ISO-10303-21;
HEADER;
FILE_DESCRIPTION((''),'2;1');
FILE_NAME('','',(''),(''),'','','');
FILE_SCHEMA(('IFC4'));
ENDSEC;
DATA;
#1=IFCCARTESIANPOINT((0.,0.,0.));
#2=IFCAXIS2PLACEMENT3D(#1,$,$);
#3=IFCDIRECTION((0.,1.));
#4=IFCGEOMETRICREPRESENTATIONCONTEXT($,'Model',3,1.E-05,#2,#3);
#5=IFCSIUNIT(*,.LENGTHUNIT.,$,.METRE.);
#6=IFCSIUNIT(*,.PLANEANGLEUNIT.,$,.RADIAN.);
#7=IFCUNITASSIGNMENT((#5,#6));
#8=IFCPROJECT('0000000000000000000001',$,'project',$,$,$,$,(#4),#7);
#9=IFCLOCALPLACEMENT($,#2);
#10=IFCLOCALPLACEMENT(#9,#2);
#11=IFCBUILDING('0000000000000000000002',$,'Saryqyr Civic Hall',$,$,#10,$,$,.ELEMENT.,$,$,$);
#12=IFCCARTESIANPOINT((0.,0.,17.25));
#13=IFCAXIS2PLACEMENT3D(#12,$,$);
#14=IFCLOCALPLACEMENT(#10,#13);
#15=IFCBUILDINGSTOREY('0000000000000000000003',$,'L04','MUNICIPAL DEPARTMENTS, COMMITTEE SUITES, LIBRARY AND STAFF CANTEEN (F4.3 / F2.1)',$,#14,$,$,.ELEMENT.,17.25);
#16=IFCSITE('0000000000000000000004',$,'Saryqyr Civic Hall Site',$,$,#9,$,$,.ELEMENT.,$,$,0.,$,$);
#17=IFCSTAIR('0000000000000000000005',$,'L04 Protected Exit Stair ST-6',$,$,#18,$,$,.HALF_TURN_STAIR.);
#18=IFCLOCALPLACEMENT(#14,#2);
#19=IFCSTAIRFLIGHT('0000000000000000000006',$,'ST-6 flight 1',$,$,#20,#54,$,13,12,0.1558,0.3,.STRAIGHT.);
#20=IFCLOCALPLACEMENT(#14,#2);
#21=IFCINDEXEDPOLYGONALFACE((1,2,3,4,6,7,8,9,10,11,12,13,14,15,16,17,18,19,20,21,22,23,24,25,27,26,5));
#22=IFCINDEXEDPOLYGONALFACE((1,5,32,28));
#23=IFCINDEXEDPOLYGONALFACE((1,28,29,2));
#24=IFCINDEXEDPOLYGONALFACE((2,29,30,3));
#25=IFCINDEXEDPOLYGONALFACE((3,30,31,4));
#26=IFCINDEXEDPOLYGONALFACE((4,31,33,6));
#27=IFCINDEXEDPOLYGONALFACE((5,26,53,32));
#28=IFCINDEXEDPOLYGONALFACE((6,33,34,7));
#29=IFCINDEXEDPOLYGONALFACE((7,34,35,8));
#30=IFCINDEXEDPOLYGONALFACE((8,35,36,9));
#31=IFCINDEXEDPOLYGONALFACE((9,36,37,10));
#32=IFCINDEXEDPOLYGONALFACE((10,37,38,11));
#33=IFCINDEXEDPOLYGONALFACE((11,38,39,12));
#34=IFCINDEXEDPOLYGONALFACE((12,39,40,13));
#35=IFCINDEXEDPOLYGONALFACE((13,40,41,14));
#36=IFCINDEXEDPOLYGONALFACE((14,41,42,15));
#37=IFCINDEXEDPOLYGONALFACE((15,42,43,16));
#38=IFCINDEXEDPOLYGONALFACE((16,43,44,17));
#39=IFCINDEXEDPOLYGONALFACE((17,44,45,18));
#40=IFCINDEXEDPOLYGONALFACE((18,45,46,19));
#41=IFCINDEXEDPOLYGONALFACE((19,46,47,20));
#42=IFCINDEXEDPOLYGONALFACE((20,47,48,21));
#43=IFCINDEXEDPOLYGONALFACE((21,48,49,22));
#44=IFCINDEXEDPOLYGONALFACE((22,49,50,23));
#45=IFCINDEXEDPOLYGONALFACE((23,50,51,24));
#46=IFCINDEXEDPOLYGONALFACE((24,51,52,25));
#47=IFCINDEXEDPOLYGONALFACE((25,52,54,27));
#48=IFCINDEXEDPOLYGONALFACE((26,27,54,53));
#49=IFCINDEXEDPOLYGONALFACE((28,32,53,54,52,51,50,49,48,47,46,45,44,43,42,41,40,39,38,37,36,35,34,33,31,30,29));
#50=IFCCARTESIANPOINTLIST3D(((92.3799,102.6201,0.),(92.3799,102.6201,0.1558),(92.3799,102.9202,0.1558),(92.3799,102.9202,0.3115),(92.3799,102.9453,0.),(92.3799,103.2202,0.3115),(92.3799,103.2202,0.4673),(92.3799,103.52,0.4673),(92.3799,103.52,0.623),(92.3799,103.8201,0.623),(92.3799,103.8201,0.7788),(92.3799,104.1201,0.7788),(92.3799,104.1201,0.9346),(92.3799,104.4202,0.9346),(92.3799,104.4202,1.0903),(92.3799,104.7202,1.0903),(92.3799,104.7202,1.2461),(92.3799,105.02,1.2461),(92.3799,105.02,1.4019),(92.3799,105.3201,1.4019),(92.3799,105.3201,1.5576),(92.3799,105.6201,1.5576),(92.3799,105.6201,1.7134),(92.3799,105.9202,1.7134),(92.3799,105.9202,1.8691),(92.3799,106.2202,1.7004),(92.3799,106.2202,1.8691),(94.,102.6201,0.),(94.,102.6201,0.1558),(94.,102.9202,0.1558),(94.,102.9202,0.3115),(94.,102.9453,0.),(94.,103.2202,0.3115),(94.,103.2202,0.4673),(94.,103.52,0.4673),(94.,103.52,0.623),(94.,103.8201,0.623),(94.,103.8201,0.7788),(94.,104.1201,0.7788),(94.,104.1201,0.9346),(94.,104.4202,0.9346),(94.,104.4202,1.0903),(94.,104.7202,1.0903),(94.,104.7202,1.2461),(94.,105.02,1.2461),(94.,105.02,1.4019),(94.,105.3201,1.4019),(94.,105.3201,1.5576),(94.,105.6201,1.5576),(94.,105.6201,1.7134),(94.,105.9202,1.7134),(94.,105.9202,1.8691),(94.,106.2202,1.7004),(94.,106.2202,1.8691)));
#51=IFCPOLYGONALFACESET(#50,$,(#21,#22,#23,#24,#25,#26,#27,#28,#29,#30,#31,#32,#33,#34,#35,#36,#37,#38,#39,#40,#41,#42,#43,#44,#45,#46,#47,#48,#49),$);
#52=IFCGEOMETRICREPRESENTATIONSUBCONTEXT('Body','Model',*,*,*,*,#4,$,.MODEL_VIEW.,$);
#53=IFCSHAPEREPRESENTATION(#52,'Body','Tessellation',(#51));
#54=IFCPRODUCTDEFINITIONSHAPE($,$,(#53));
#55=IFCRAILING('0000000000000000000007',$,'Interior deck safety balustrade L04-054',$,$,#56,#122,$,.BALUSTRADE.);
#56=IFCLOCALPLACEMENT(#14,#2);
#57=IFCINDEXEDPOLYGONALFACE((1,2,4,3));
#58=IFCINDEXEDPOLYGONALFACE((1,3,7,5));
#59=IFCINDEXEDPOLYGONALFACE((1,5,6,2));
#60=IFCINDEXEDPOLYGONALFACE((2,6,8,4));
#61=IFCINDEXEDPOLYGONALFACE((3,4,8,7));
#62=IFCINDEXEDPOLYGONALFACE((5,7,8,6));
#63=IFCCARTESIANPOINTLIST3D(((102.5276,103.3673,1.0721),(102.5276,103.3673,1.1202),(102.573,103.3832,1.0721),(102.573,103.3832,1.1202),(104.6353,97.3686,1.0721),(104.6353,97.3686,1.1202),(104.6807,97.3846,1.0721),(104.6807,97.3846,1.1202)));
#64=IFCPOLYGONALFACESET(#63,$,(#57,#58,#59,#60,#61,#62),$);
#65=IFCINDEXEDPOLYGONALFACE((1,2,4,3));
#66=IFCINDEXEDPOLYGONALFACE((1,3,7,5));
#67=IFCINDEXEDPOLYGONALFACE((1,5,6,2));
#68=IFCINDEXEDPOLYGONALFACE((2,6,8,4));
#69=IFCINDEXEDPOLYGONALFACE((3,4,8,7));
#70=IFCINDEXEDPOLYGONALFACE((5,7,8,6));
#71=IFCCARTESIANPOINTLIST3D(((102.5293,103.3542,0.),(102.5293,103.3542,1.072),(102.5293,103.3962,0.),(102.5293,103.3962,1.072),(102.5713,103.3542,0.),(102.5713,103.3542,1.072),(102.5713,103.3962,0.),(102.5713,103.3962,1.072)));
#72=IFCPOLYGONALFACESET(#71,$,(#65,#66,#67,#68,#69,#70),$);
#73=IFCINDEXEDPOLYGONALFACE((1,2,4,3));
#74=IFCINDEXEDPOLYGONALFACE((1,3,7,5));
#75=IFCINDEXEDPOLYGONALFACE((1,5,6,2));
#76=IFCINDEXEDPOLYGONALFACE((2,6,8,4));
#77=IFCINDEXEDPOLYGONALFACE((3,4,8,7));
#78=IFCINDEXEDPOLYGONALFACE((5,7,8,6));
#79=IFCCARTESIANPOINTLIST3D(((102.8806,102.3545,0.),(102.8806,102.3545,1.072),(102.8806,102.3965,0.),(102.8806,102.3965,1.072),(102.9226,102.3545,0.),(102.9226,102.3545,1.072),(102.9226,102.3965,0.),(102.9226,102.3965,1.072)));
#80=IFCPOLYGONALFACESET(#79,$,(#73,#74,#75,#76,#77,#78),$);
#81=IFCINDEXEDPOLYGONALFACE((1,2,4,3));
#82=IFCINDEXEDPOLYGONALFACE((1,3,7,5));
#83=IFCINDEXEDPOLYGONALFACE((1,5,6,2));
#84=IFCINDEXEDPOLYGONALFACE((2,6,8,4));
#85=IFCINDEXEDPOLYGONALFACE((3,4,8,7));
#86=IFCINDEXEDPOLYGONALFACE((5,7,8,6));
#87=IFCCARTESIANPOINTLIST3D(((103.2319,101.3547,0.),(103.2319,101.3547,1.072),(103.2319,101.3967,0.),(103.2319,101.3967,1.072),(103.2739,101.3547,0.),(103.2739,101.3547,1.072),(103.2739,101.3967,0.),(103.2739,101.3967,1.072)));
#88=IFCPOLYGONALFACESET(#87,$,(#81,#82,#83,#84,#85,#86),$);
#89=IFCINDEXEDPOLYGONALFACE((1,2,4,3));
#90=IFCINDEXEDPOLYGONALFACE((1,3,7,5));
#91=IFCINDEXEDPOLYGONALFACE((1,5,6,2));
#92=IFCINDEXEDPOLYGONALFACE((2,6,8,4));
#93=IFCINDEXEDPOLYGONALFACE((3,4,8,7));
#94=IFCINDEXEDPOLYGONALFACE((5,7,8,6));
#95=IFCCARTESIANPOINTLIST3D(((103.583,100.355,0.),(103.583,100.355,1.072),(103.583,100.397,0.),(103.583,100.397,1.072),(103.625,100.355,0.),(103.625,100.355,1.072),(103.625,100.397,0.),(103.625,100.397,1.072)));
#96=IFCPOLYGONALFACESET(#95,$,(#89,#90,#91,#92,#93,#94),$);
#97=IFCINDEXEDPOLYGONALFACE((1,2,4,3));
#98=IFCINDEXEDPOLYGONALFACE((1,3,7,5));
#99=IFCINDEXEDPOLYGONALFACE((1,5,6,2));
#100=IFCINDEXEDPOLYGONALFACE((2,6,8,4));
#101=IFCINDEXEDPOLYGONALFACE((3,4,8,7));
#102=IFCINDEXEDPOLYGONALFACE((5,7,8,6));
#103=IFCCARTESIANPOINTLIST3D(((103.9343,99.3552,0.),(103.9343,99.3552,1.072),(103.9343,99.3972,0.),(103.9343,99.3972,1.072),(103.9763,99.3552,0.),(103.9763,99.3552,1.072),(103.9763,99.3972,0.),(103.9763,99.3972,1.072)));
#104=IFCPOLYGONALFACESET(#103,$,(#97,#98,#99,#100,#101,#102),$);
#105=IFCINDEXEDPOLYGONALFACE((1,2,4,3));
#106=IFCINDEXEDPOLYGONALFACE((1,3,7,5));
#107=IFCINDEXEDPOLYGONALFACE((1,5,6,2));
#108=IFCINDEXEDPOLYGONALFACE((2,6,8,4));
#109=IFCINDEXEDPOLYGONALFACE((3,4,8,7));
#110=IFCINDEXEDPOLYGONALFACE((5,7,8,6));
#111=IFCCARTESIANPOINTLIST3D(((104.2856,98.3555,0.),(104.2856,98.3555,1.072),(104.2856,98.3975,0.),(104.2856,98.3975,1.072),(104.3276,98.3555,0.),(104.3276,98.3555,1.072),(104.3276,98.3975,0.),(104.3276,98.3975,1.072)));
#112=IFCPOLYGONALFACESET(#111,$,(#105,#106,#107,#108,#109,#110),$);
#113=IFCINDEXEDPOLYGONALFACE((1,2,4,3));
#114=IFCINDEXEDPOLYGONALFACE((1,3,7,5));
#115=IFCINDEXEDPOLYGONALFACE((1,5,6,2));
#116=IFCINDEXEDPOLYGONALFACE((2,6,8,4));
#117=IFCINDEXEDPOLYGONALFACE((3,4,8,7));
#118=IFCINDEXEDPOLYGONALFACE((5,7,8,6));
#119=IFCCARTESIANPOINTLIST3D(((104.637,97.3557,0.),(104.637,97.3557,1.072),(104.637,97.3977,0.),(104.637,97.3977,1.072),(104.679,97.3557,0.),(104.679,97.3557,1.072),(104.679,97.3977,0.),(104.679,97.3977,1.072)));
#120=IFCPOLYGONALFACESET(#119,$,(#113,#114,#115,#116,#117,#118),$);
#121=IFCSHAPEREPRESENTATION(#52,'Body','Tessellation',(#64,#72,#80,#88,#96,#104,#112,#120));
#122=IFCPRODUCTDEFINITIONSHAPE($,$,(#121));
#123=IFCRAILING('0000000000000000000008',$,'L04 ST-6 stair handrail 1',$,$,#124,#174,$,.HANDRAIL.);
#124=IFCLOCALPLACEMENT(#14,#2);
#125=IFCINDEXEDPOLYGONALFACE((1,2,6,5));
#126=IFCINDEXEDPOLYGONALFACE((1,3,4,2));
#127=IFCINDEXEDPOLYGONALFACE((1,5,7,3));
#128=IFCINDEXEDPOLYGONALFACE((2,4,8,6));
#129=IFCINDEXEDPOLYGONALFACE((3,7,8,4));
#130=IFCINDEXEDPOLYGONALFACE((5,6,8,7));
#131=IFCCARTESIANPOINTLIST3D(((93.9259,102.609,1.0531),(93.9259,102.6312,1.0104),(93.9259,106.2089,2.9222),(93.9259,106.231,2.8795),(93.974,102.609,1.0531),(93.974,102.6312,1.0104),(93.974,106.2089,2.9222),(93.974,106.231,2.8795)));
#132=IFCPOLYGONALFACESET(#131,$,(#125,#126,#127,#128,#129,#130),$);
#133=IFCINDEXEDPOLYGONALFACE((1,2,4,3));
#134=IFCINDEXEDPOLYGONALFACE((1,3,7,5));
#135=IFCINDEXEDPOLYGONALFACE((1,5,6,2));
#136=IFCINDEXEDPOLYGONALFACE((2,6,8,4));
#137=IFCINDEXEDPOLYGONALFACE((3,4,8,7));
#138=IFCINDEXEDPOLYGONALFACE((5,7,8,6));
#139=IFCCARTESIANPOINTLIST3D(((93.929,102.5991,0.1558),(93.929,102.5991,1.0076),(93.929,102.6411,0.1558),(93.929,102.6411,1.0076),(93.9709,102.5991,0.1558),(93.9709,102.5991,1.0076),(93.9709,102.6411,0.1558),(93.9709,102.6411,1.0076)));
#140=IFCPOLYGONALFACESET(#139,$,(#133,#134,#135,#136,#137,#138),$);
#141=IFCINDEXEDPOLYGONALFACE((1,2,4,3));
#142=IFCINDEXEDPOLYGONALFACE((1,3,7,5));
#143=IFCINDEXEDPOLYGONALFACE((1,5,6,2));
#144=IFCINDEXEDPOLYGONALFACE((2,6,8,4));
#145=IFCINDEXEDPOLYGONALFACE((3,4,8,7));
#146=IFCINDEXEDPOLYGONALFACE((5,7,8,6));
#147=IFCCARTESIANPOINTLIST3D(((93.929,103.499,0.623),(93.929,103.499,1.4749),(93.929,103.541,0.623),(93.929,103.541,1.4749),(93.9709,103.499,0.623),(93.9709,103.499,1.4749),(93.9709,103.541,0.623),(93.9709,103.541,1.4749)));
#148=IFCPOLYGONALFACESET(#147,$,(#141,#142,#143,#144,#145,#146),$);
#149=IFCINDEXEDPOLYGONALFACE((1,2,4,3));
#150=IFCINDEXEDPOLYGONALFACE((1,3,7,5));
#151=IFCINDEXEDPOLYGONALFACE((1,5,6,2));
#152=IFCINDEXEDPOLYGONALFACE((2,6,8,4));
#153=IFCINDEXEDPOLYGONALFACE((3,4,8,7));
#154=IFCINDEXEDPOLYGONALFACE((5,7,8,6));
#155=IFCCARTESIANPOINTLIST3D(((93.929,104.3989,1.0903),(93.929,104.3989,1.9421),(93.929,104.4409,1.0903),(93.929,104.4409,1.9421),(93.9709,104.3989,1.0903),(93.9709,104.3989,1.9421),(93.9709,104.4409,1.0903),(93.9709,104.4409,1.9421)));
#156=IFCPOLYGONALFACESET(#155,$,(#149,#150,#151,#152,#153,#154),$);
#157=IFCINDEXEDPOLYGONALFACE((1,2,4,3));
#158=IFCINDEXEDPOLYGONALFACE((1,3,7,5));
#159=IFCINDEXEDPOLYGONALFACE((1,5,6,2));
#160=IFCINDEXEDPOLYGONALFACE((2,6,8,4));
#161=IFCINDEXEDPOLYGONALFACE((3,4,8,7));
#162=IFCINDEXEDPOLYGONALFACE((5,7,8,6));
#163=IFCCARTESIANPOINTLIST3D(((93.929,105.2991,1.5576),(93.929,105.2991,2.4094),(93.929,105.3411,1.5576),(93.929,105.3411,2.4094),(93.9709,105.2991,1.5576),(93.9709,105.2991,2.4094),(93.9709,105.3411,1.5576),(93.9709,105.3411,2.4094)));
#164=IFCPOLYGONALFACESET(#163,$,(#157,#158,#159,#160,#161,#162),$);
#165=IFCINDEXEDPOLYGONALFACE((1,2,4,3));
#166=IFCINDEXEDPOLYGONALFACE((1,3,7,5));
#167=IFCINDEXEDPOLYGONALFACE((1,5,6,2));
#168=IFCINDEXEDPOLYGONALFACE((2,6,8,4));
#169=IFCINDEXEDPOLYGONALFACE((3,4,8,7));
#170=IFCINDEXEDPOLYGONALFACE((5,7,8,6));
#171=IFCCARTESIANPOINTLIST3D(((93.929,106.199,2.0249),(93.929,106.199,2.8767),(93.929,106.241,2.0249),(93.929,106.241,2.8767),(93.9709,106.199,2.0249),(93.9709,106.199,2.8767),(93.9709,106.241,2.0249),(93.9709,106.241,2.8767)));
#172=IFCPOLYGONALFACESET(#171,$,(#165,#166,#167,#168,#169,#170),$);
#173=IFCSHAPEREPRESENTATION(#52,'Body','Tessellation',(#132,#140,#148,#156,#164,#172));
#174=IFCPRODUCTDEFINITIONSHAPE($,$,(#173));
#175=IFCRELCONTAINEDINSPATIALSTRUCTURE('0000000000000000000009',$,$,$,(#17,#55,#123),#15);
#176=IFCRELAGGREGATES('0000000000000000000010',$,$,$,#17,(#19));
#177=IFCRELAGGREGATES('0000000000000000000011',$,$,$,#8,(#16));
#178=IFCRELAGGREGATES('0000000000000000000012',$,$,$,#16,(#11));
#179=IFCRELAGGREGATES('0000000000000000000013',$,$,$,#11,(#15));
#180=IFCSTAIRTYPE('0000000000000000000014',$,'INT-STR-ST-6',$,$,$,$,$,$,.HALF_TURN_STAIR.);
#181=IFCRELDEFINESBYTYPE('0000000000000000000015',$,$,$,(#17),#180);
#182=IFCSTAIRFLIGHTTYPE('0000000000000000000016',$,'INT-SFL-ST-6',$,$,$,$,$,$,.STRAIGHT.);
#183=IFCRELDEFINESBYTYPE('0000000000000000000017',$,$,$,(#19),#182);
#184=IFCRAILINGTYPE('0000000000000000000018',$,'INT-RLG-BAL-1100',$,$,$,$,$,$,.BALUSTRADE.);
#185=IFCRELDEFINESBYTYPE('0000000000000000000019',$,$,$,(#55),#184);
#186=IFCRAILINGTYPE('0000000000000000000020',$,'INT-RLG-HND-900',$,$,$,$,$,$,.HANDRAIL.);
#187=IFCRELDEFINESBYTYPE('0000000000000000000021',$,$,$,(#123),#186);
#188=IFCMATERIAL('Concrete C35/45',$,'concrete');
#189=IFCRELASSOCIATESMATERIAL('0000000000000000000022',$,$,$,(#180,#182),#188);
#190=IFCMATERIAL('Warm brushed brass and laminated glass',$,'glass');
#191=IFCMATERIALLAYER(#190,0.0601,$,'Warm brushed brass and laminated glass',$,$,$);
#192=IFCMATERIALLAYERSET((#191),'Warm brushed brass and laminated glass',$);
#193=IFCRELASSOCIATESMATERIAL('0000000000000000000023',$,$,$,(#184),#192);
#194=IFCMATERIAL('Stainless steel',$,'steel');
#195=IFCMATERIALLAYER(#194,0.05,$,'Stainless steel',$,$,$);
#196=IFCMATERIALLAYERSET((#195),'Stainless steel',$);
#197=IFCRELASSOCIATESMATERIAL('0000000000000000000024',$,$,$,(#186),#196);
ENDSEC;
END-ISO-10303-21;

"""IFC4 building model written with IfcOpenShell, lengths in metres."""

from ifc_helpers import new_model, si_unit, direction, frame, origin, origin_2d, place, context, subcontext, project, spatial, polyline, rectangle, outline, extrude, material, layer, layer_set, type_object, element, aggregate, save


model = new_model("IFC4")

# Units and contexts
model_context = context("Model", 3, precision=1e-05, world=origin(), true_north=direction((0.0, 1.0)))
body_context = subcontext(model_context, "Body", "Model", "MODEL_VIEW")
ifc_project = project(units=[si_unit("LENGTHUNIT", "METRE"), si_unit("PLANEANGLEUNIT", "RADIAN")], contexts=[model_context])

# Site, building, storey
site_placement = place(None, origin())
site = spatial("IfcSite", under=ifc_project, at=site_placement, Name="Saryqyr Civic Hall Site", CompositionType="ELEMENT", RefElevation=0.0)
building_placement = place(site_placement, origin())
building = spatial("IfcBuilding", under=site, at=building_placement, Name="Saryqyr Civic Hall", CompositionType="ELEMENT")
storey_placement = place(building_placement, frame((0.0, 0.0, 17.25)))
storey = spatial("IfcBuildingStorey", under=building, at=storey_placement, Name="L04", Description="MUNICIPAL DEPARTMENTS, COMMITTEE SUITES, LIBRARY AND STAFF CANTEEN (F4.3 / F2.1)", CompositionType="ELEMENT", Elevation=17.25)

# Shared definitions
ifc_material_1 = material(Name="Concrete C35/45", Category="concrete")

# Stair, stair flight
stair_type = type_object("IfcStairType", Name="INT-STR-ST-6", PredefinedType="HALF_TURN_STAIR", material=ifc_material_1)
stair_placement = place(storey_placement, origin())
stair = element("IfcStair", 1, at=stair_placement, inside=storey, type_object=stair_type, Name="L04 Protected Exit Stair ST-6", PredefinedType="HALF_TURN_STAIR")
stair_flight_type = type_object("IfcStairFlightType", Name="INT-SFL-ST-6", PredefinedType="STRAIGHT", material=ifc_material_1)
stair_flight_placement = place(storey_placement, frame((93.1899, 102.6201, 0.0), z_axis=(0.0, 0.0, 1.0), x_axis=(0.0, 1.0, 0.0)))
stair_flight = element("IfcStairFlight", 2, at=stair_flight_placement, type_object=stair_flight_type, Name="ST-6 flight 1", NumberOfRisers=13, NumberOfTreads=12, PredefinedType="STRAIGHT", RiserHeight=0.1558, TreadLength=0.3, context=body_context, shape_type="SweptSolid", body=[
    extrude(outline(polyline([(0.0, 0.0), (0.0, 0.1558), (0.3, 0.1558), (0.3, 0.3115), (0.6001, 0.3115), (0.6001, 0.4673), (0.8999, 0.4673), (0.8999, 0.623), (1.2, 0.623), (1.2, 0.7788), (1.5, 0.7788), (1.5, 0.9346), (1.8, 0.9346), (1.8, 1.0903), (2.1001, 1.0903), (2.1001, 1.2461), (2.3999, 1.2461), (2.3999, 1.4019), (2.7, 1.4019), (2.7, 1.5576), (3.0, 1.5576), (3.0, 1.7134), (3.3, 1.7134), (3.3, 1.8691), (3.6001, 1.8691), (3.6001, 2.0249), (3.6001, 1.7004), (0.3252, 0.0), (0.0, 0.0)])), frame((0.0, 0.8101, 0.0), z_axis=(0.0, -1.0, 0.0), x_axis=(1.0, 0.0, 0.0)), (0.0, 0.0, 1.0), 1.6201),
])
aggregate(stair, [stair_flight])

# Railings
ifc_material_2 = material(Name="Warm brushed brass and laminated glass", Category="glass")
ifc_layer_1 = layer(ifc_material_2, 0.0601, Name="Warm brushed brass and laminated glass")
ifc_layer_set_1 = layer_set([ifc_layer_1], Name="Warm brushed brass and laminated glass")
railing_type_1 = type_object("IfcRailingType", Name="INT-RLG-BAL-1100", PredefinedType="BALUSTRADE", material=ifc_layer_set_1)
railing_1_placement = place(storey_placement, frame((102.5503, 103.3752, 0.0)))
element("IfcRailing", 3, at=railing_1_placement, inside=storey, type_object=railing_type_1, Name="Interior deck safety balustrade L04-054", PredefinedType="BALUSTRADE", context=body_context, shape_type="SweptSolid", body=[
    extrude(rectangle(XDim=0.0481, YDim=0.0481, at=origin_2d()), frame((0.0, 0.0, 1.0962), z_axis=(0.331496, -0.943457, 0.0), x_axis=(0.943457, 0.331496, 0.0)), (0.0, 0.0, 1.0), 6.3582),
    extrude(rectangle(XDim=0.042, YDim=0.042, at=origin_2d()), origin(), (0.0, 0.0, 1.0), 1.072),
    extrude(rectangle(XDim=0.042, YDim=0.042, at=origin_2d()), frame((0.3513, -0.9998, 0.0)), (0.0, 0.0, 1.0), 1.072),
    extrude(rectangle(XDim=0.042, YDim=0.042, at=origin_2d()), frame((0.7026, -1.9995, 0.0)), (0.0, 0.0, 1.0), 1.072),
    extrude(rectangle(XDim=0.042, YDim=0.042, at=origin_2d()), frame((1.0537, -2.9993, 0.0)), (0.0, 0.0, 1.0), 1.072),
    extrude(rectangle(XDim=0.042, YDim=0.042, at=origin_2d()), frame((1.405, -3.999, 0.0)), (0.0, 0.0, 1.0), 1.072),
    extrude(rectangle(XDim=0.042, YDim=0.042, at=origin_2d()), frame((1.7563, -4.9988, 0.0)), (0.0, 0.0, 1.0), 1.072),
    extrude(rectangle(XDim=0.042, YDim=0.042, at=origin_2d()), frame((2.1077, -5.9985, 0.0)), (0.0, 0.0, 1.0), 1.072),
])
ifc_material_3 = material(Name="Stainless steel", Category="steel")
ifc_layer_2 = layer(ifc_material_3, 0.05, Name="Stainless steel")
ifc_layer_set_2 = layer_set([ifc_layer_2], Name="Stainless steel")
railing_type_2 = type_object("IfcRailingType", Name="INT-RLG-HND-900", PredefinedType="HANDRAIL", material=ifc_layer_set_2)
railing_2_placement = place(storey_placement, frame((93.95, 102.6201, 0.1558)))
element("IfcRailing", 4, at=railing_2_placement, inside=storey, type_object=railing_type_2, Name="L04 ST-6 stair handrail 1", PredefinedType="HANDRAIL", context=body_context, shape_type="SweptSolid", body=[
    extrude(rectangle(XDim=0.0481, YDim=0.0481, at=origin_2d()), frame((0.0, 0.0, 0.876), z_axis=(0.0, 0.887497, 0.460813), x_axis=(-1.0, 0.0, 0.0)), (0.0, 0.0, 1.0), 4.0562),
    extrude(rectangle(XDim=0.042, YDim=0.042, at=origin_2d()), origin(), (0.0, 0.0, 1.0), 0.8518),
    extrude(rectangle(XDim=0.042, YDim=0.042, at=origin_2d()), frame((0.0, 0.8999, 0.4673)), (0.0, 0.0, 1.0), 0.8518),
    extrude(rectangle(XDim=0.042, YDim=0.042, at=origin_2d()), frame((0.0, 1.7998, 0.9346)), (0.0, 0.0, 1.0), 0.8518),
    extrude(rectangle(XDim=0.042, YDim=0.042, at=origin_2d()), frame((0.0, 2.7, 1.4019)), (0.0, 0.0, 1.0), 0.8518),
    extrude(rectangle(XDim=0.042, YDim=0.042, at=origin_2d()), frame((0.0, 3.5999, 1.8691)), (0.0, 0.0, 1.0), 0.8518),
])

save(model, "model.ifc")
